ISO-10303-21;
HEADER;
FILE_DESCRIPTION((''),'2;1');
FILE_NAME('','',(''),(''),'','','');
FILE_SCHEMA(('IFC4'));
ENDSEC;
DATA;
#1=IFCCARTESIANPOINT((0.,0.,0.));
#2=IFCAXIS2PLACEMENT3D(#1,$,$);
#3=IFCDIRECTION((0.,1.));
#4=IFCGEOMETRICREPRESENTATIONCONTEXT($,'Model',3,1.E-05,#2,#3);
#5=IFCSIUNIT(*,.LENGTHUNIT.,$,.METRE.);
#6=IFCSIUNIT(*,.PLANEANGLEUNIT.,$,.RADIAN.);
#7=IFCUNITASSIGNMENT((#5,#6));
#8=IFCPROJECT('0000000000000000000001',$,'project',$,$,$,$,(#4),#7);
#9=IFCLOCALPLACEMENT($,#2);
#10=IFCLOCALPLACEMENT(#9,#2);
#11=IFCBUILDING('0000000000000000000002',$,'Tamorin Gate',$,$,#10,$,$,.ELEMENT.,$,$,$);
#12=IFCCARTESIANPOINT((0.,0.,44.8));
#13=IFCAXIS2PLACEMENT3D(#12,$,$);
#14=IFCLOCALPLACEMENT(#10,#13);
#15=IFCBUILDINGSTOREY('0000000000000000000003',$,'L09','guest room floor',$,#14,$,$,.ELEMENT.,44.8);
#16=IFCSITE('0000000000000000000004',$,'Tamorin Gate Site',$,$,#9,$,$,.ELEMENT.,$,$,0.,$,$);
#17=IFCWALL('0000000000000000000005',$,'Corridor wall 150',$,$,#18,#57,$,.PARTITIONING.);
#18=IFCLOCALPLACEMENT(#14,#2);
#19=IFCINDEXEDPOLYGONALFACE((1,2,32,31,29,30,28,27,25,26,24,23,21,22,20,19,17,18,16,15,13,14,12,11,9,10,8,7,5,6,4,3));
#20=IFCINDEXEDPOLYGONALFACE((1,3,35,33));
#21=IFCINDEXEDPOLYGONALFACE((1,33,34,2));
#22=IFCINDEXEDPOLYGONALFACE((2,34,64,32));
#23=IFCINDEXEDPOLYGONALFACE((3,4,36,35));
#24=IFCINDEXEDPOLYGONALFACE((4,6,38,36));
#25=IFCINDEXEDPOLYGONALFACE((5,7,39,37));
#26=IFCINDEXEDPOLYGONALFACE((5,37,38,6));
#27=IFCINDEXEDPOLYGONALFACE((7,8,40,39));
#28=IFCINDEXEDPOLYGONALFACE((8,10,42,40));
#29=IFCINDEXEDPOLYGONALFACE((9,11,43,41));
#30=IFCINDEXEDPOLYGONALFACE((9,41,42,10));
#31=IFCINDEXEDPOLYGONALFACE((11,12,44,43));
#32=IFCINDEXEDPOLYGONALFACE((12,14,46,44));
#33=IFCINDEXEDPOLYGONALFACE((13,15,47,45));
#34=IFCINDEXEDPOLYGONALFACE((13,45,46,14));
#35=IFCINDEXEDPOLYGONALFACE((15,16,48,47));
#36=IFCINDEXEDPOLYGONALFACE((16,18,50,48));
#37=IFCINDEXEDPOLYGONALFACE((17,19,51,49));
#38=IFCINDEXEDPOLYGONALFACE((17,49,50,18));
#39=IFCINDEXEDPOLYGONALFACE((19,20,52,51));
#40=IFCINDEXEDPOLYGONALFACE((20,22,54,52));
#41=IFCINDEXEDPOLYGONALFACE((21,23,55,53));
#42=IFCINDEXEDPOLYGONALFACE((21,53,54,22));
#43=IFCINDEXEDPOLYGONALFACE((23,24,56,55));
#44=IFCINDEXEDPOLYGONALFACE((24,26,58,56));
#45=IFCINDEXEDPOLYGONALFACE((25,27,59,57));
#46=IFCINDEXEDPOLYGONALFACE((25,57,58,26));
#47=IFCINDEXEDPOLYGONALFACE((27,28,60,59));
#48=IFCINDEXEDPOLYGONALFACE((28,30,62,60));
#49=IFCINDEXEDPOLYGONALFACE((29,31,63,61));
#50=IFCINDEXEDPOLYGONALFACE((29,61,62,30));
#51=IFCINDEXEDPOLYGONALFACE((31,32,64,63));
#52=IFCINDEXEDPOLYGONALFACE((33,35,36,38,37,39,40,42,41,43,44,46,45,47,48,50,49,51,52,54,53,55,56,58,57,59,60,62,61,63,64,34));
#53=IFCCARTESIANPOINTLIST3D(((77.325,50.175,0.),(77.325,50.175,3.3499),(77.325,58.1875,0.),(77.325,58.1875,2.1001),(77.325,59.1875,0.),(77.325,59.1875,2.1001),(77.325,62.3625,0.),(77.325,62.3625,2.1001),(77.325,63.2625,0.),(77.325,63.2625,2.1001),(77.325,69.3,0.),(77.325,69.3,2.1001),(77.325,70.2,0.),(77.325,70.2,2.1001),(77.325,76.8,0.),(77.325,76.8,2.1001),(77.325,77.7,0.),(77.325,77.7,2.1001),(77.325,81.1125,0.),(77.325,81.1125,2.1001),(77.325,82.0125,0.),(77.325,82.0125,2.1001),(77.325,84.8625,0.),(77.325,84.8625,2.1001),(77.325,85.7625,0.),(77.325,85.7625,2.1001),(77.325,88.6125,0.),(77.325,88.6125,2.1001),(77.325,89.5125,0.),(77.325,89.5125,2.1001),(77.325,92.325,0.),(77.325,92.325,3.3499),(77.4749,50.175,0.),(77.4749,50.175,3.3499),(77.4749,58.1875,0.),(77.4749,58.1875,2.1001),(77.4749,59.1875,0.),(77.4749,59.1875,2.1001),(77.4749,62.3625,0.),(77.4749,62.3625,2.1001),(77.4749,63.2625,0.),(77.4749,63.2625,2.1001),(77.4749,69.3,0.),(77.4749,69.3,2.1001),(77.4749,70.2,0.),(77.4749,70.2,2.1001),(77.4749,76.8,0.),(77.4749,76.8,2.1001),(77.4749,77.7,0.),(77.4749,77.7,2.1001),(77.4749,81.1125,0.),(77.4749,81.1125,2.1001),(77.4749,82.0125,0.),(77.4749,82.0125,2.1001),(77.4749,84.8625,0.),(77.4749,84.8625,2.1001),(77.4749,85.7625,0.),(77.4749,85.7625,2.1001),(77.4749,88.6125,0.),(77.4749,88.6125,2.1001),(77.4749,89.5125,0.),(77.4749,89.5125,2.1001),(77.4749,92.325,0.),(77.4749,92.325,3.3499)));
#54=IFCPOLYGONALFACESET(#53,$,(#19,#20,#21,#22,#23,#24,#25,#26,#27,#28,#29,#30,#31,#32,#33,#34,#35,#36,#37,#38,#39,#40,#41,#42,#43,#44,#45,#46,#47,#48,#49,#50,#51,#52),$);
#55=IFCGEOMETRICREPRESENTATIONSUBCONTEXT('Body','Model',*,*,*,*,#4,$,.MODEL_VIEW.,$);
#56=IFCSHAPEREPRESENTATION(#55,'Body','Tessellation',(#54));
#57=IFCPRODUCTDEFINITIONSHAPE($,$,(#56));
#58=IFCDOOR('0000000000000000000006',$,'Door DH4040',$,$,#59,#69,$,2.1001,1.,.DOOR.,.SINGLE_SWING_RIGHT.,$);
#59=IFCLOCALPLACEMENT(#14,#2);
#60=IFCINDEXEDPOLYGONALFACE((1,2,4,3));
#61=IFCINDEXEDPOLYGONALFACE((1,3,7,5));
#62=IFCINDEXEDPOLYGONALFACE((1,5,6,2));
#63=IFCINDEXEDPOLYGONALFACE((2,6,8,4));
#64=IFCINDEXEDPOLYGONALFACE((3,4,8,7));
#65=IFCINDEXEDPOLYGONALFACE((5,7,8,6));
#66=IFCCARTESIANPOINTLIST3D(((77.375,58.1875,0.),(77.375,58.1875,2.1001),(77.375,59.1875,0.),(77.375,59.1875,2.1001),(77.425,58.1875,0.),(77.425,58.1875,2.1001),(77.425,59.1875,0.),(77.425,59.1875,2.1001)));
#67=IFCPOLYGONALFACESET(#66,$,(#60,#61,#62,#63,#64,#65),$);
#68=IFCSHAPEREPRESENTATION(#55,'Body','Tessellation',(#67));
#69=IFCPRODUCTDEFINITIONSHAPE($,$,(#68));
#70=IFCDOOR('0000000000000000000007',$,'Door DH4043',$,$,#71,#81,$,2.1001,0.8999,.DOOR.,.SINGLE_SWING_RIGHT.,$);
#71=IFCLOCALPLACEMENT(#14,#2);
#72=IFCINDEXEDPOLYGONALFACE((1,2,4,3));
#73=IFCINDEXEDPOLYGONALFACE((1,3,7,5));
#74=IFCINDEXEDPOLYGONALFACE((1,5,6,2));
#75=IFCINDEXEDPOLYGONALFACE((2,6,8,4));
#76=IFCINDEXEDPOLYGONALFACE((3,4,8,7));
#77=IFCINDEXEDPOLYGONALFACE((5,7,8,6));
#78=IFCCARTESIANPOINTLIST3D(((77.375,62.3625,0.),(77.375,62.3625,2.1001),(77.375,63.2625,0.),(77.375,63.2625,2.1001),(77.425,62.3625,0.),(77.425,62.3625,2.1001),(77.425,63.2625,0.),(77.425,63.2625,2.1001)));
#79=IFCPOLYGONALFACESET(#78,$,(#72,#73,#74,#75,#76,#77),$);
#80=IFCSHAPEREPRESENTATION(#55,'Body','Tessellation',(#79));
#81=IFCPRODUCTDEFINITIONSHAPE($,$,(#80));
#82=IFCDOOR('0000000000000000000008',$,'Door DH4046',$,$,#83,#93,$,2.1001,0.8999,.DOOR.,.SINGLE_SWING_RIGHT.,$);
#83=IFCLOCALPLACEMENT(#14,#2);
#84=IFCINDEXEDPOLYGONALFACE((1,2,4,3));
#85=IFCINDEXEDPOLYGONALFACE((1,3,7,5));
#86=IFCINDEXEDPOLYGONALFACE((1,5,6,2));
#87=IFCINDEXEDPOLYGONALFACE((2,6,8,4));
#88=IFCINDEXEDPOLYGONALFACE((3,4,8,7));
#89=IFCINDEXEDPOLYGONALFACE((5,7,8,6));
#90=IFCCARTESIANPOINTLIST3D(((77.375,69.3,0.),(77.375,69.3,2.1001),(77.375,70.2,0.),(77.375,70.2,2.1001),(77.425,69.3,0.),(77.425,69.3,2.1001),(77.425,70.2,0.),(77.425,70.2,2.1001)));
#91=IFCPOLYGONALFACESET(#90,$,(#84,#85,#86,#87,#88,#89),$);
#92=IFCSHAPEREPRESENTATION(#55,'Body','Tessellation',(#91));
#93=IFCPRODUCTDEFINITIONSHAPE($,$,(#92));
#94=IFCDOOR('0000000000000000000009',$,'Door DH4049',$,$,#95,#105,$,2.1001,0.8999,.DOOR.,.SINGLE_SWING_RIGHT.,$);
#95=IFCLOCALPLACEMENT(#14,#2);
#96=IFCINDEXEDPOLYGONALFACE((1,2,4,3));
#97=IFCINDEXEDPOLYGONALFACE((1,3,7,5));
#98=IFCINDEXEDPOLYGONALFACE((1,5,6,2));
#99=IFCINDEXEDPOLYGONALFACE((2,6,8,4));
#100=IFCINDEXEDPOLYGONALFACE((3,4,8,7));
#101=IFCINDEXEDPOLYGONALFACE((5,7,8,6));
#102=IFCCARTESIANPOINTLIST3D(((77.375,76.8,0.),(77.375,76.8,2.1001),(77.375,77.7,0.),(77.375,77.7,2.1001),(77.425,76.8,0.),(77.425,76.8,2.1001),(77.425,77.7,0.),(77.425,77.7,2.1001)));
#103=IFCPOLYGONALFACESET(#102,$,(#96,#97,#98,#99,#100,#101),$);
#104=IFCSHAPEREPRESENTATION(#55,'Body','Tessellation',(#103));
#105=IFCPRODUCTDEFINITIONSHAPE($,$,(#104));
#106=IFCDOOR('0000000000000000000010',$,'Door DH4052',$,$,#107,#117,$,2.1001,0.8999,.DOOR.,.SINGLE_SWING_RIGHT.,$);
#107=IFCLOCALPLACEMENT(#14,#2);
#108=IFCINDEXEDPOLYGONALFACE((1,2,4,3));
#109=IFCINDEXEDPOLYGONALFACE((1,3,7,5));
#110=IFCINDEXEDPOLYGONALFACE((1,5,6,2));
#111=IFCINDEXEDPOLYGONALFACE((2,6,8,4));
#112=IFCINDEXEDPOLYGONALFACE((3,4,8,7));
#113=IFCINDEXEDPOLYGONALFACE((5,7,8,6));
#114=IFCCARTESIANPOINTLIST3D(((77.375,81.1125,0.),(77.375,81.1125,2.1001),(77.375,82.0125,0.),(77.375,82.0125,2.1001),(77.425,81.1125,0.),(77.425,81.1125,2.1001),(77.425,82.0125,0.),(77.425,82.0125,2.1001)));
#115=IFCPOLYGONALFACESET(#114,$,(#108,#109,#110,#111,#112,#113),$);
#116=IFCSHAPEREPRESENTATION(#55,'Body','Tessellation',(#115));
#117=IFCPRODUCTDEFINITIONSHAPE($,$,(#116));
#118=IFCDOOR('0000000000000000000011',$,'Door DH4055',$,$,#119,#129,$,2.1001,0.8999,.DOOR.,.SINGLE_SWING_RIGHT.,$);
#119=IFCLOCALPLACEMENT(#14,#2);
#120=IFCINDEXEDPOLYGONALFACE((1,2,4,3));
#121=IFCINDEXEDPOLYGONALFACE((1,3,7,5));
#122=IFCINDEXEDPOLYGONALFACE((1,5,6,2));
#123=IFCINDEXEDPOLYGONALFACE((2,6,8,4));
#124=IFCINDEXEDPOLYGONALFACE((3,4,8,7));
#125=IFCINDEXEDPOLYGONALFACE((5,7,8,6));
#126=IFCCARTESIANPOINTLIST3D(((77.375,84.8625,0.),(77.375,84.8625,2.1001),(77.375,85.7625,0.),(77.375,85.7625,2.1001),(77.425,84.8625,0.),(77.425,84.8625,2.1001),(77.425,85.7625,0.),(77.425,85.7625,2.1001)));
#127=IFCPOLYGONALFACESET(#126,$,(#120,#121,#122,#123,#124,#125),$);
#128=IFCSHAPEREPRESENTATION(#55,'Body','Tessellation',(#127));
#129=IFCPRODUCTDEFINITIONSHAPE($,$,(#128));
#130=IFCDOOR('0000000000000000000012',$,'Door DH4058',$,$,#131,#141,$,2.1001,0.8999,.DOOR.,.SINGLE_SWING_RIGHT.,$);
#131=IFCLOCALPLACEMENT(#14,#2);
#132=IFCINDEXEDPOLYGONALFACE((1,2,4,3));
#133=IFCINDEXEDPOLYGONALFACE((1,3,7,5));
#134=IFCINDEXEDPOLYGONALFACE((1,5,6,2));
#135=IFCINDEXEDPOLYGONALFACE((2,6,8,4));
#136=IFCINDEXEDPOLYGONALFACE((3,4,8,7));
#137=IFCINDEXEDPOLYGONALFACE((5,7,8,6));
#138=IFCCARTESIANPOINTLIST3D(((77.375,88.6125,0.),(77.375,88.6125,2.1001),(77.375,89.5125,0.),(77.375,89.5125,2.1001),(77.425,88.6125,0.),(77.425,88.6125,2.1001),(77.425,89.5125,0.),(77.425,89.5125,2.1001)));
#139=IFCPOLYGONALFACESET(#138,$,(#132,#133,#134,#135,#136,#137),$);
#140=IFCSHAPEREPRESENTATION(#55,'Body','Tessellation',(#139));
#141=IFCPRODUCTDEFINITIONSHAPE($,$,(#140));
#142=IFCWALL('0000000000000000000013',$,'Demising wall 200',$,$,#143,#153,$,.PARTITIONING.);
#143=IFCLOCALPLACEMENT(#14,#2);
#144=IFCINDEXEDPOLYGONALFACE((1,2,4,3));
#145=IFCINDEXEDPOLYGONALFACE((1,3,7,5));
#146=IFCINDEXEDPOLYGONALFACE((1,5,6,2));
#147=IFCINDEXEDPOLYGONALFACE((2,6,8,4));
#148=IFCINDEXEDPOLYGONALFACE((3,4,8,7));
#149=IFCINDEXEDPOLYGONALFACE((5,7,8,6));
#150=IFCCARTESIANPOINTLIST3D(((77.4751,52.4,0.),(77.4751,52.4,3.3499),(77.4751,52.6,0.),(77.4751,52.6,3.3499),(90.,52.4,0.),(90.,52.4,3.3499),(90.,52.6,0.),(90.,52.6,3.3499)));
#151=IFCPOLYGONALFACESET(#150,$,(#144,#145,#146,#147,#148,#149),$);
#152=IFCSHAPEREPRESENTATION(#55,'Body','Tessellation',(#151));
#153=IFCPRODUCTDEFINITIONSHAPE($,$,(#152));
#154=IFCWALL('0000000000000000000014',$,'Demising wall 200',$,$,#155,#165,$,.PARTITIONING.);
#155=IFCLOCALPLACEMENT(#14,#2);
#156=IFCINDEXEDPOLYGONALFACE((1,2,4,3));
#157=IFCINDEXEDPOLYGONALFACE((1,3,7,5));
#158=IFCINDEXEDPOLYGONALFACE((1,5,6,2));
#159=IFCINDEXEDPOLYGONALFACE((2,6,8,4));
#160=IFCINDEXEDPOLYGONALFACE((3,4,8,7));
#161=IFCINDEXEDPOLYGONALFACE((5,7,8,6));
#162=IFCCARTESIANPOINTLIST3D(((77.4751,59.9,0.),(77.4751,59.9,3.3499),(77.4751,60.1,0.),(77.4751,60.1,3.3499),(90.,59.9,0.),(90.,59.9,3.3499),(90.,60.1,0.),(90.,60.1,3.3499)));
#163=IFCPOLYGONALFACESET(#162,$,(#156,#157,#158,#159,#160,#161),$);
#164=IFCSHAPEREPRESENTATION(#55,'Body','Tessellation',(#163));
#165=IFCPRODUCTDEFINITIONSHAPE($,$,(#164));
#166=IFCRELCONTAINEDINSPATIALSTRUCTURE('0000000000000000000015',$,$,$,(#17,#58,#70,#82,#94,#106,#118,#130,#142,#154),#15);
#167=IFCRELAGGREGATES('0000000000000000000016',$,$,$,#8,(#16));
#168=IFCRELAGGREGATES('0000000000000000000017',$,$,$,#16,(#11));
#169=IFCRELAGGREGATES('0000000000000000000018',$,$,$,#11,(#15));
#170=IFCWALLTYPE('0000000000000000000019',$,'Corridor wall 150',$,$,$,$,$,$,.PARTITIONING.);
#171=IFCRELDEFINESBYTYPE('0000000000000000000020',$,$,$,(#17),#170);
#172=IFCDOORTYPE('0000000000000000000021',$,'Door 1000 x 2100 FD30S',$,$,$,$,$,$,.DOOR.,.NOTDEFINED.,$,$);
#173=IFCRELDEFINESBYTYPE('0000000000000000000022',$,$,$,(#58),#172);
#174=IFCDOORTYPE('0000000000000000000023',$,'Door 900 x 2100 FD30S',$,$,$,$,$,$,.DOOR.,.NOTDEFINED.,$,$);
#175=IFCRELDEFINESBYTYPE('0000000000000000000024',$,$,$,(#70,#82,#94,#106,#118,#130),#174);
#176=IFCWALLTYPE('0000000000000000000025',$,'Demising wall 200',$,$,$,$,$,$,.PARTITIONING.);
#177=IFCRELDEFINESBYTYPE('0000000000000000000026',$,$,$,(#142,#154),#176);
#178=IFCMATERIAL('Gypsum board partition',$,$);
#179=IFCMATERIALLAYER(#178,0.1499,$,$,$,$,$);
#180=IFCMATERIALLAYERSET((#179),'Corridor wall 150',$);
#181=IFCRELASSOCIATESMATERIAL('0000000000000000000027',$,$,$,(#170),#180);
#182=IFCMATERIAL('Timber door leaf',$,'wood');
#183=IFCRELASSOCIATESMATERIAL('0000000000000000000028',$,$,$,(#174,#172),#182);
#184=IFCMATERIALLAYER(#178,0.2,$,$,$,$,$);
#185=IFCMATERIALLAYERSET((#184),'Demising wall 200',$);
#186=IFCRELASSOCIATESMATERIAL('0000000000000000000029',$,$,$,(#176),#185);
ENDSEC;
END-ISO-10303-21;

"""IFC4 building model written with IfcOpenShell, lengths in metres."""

from ifc_helpers import new_model, si_unit, direction, frame, frame_2d, origin, place, context, subcontext, project, spatial, rectangle, extrude, material, layer, layer_set, type_object, element, fill, save


model = new_model("IFC4")

# Units and contexts
model_context = context("Model", 3, precision=1e-05, world=origin(), true_north=direction((0.0, 1.0)))
body_context = subcontext(model_context, "Body", "Model", "MODEL_VIEW")
ifc_project = project(units=[si_unit("LENGTHUNIT", "METRE"), si_unit("PLANEANGLEUNIT", "RADIAN")], contexts=[model_context])

# Site, building, storey
site_placement = place(None, origin())
site = spatial("IfcSite", under=ifc_project, at=site_placement, Name="Tamorin Gate Site", CompositionType="ELEMENT", RefElevation=0.0)
building_placement = place(site_placement, origin())
building = spatial("IfcBuilding", under=site, at=building_placement, Name="Tamorin Gate", CompositionType="ELEMENT")
storey_placement = place(building_placement, frame((0.0, 0.0, 44.8)))
storey = spatial("IfcBuildingStorey", under=building, at=storey_placement, Name="L09", Description="guest room floor", CompositionType="ELEMENT", Elevation=44.8)

# Shared definitions
ifc_material_1 = material(Name="Gypsum board partition")
ifc_layer_1 = layer(ifc_material_1, 0.1499)
ifc_layer_set_1 = layer_set([ifc_layer_1], Name="Corridor wall 150")
wall_type_1 = type_object("IfcWallType", Name="Corridor wall 150", PredefinedType="PARTITIONING", material=ifc_layer_set_1)
ifc_material_2 = material(Name="Timber door leaf", Category="wood")
door_type_1 = type_object("IfcDoorType", Name="Door 900 x 2100 FD30S", OperationType="NOTDEFINED", PredefinedType="DOOR", material=ifc_material_2)

# Wall, openings, doors
wall_1_placement = place(storey_placement, frame((77.3999, 50.175, 0.0), z_axis=(0.0, 0.0, 1.0), x_axis=(0.0, 1.0, 0.0)))
wall_1 = element("IfcWall", 1, at=wall_1_placement, inside=storey, type_object=wall_type_1, Name="Corridor wall 150", PredefinedType="PARTITIONING", context=body_context, shape_type="SweptSolid", body=[
    extrude(rectangle(XDim=42.1499, YDim=0.1499, at=frame_2d((21.075, 0.0))), origin(), (0.0, 0.0, 1.0), 3.3499),
])
opening_1_placement = place(wall_1_placement, frame((8.0125, 0.0, 0.0)))
opening_1 = element("IfcOpeningElement", 2, at=opening_1_placement, cuts=wall_1, PredefinedType="OPENING", context=body_context, shape_type="SweptSolid", body=[
    extrude(rectangle(XDim=1.0, YDim=2.1001, at=frame_2d((0.5, 1.05))), frame((0.0, 0.085, 0.0), z_axis=(0.0, -1.0, 0.0), x_axis=(1.0, 0.0, 0.0)), (0.0, 0.0, 1.0), 0.1699),
])
opening_2_placement = place(wall_1_placement, frame((12.1875, 0.0, 0.0)))
opening_2 = element("IfcOpeningElement", 3, at=opening_2_placement, cuts=wall_1, PredefinedType="OPENING", context=body_context, shape_type="SweptSolid", body=[
    extrude(rectangle(XDim=0.8999, YDim=2.1001, at=frame_2d((0.45, 1.05))), frame((0.0, 0.085, 0.0), z_axis=(0.0, -1.0, 0.0), x_axis=(1.0, 0.0, 0.0)), (0.0, 0.0, 1.0), 0.1699),
])
opening_3_placement = place(wall_1_placement, frame((19.125, 0.0, 0.0)))
opening_3 = element("IfcOpeningElement", 4, at=opening_3_placement, cuts=wall_1, PredefinedType="OPENING", context=body_context, shape_type="SweptSolid", body=[
    extrude(rectangle(XDim=0.8999, YDim=2.1001, at=frame_2d((0.45, 1.05))), frame((0.0, 0.085, 0.0), z_axis=(0.0, -1.0, 0.0), x_axis=(1.0, 0.0, 0.0)), (0.0, 0.0, 1.0), 0.1699),
])
opening_4_placement = place(wall_1_placement, frame((26.625, 0.0, 0.0)))
opening_4 = element("IfcOpeningElement", 5, at=opening_4_placement, cuts=wall_1, PredefinedType="OPENING", context=body_context, shape_type="SweptSolid", body=[
    extrude(rectangle(XDim=0.8999, YDim=2.1001, at=frame_2d((0.45, 1.05))), frame((0.0, 0.085, 0.0), z_axis=(0.0, -1.0, 0.0), x_axis=(1.0, 0.0, 0.0)), (0.0, 0.0, 1.0), 0.1699),
])
opening_5_placement = place(wall_1_placement, frame((30.9375, 0.0, 0.0)))
opening_5 = element("IfcOpeningElement", 6, at=opening_5_placement, cuts=wall_1, PredefinedType="OPENING", context=body_context, shape_type="SweptSolid", body=[
    extrude(rectangle(XDim=0.8999, YDim=2.1001, at=frame_2d((0.45, 1.05))), frame((0.0, 0.085, 0.0), z_axis=(0.0, -1.0, 0.0), x_axis=(1.0, 0.0, 0.0)), (0.0, 0.0, 1.0), 0.1699),
])
opening_6_placement = place(wall_1_placement, frame((34.6875, 0.0, 0.0)))
opening_6 = element("IfcOpeningElement", 7, at=opening_6_placement, cuts=wall_1, PredefinedType="OPENING", context=body_context, shape_type="SweptSolid", body=[
    extrude(rectangle(XDim=0.8999, YDim=2.1001, at=frame_2d((0.45, 1.05))), frame((0.0, 0.085, 0.0), z_axis=(0.0, -1.0, 0.0), x_axis=(1.0, 0.0, 0.0)), (0.0, 0.0, 1.0), 0.1699),
])
opening_7_placement = place(wall_1_placement, frame((38.4375, 0.0, 0.0)))
opening_7 = element("IfcOpeningElement", 8, at=opening_7_placement, cuts=wall_1, PredefinedType="OPENING", context=body_context, shape_type="SweptSolid", body=[
    extrude(rectangle(XDim=0.8999, YDim=2.1001, at=frame_2d((0.45, 1.05))), frame((0.0, 0.085, 0.0), z_axis=(0.0, -1.0, 0.0), x_axis=(1.0, 0.0, 0.0)), (0.0, 0.0, 1.0), 0.1699),
])
door_type_2 = type_object("IfcDoorType", Name="Door 1000 x 2100 FD30S", OperationType="NOTDEFINED", PredefinedType="DOOR", material=ifc_material_2)
door_1_placement = place(opening_1_placement, origin())
door_1 = element("IfcDoor", 9, at=door_1_placement, inside=storey, type_object=door_type_2, Name="Door DH4040", OperationType="SINGLE_SWING_RIGHT", OverallHeight=2.1001, OverallWidth=1.0, PredefinedType="DOOR", context=body_context, shape_type="SweptSolid", body=[
    extrude(rectangle(XDim=1.0, YDim=2.1001, at=frame_2d((0.5, 1.05))), frame((0.0, 0.0249, 0.0), z_axis=(0.0, -1.0, 0.0), x_axis=(1.0, 0.0, 0.0)), (0.0, 0.0, 1.0), 0.05),
])
fill(opening_1, door_1)
door_2_placement = place(opening_2_placement, origin())
door_2 = element("IfcDoor", 10, at=door_2_placement, inside=storey, type_object=door_type_1, Name="Door DH4043", OperationType="SINGLE_SWING_RIGHT", OverallHeight=2.1001, OverallWidth=0.8999, PredefinedType="DOOR", context=body_context, shape_type="SweptSolid", body=[
    extrude(rectangle(XDim=0.8999, YDim=2.1001, at=frame_2d((0.45, 1.05))), frame((0.0, 0.0249, 0.0), z_axis=(0.0, -1.0, 0.0), x_axis=(1.0, 0.0, 0.0)), (0.0, 0.0, 1.0), 0.05),
])
fill(opening_2, door_2)
door_3_placement = place(opening_3_placement, origin())
door_3 = element("IfcDoor", 11, at=door_3_placement, inside=storey, type_object=door_type_1, Name="Door DH4046", OperationType="SINGLE_SWING_RIGHT", OverallHeight=2.1001, OverallWidth=0.8999, PredefinedType="DOOR", context=body_context, shape_type="SweptSolid", body=[
    extrude(rectangle(XDim=0.8999, YDim=2.1001, at=frame_2d((0.45, 1.05))), frame((0.0, 0.0249, 0.0), z_axis=(0.0, -1.0, 0.0), x_axis=(1.0, 0.0, 0.0)), (0.0, 0.0, 1.0), 0.05),
])
fill(opening_3, door_3)
door_4_placement = place(opening_4_placement, origin())
door_4 = element("IfcDoor", 12, at=door_4_placement, inside=storey, type_object=door_type_1, Name="Door DH4049", OperationType="SINGLE_SWING_RIGHT", OverallHeight=2.1001, OverallWidth=0.8999, PredefinedType="DOOR", context=body_context, shape_type="SweptSolid", body=[
    extrude(rectangle(XDim=0.8999, YDim=2.1001, at=frame_2d((0.45, 1.05))), frame((0.0, 0.0249, 0.0), z_axis=(0.0, -1.0, 0.0), x_axis=(1.0, 0.0, 0.0)), (0.0, 0.0, 1.0), 0.05),
])
fill(opening_4, door_4)
door_5_placement = place(opening_5_placement, origin())
door_5 = element("IfcDoor", 13, at=door_5_placement, inside=storey, type_object=door_type_1, Name="Door DH4052", OperationType="SINGLE_SWING_RIGHT", OverallHeight=2.1001, OverallWidth=0.8999, PredefinedType="DOOR", context=body_context, shape_type="SweptSolid", body=[
    extrude(rectangle(XDim=0.8999, YDim=2.1001, at=frame_2d((0.45, 1.05))), frame((0.0, 0.0249, 0.0), z_axis=(0.0, -1.0, 0.0), x_axis=(1.0, 0.0, 0.0)), (0.0, 0.0, 1.0), 0.05),
])
fill(opening_5, door_5)
door_6_placement = place(opening_6_placement, origin())
door_6 = element("IfcDoor", 14, at=door_6_placement, inside=storey, type_object=door_type_1, Name="Door DH4055", OperationType="SINGLE_SWING_RIGHT", OverallHeight=2.1001, OverallWidth=0.8999, PredefinedType="DOOR", context=body_context, shape_type="SweptSolid", body=[
    extrude(rectangle(XDim=0.8999, YDim=2.1001, at=frame_2d((0.45, 1.05))), frame((0.0, 0.0249, 0.0), z_axis=(0.0, -1.0, 0.0), x_axis=(1.0, 0.0, 0.0)), (0.0, 0.0, 1.0), 0.05),
])
fill(opening_6, door_6)
door_7_placement = place(opening_7_placement, origin())
door_7 = element("IfcDoor", 15, at=door_7_placement, inside=storey, type_object=door_type_1, Name="Door DH4058", OperationType="SINGLE_SWING_RIGHT", OverallHeight=2.1001, OverallWidth=0.8999, PredefinedType="DOOR", context=body_context, shape_type="SweptSolid", body=[
    extrude(rectangle(XDim=0.8999, YDim=2.1001, at=frame_2d((0.45, 1.05))), frame((0.0, 0.0249, 0.0), z_axis=(0.0, -1.0, 0.0), x_axis=(1.0, 0.0, 0.0)), (0.0, 0.0, 1.0), 0.05),
])
fill(opening_7, door_7)

# Walls
ifc_layer_2 = layer(ifc_material_1, 0.2)
ifc_layer_set_2 = layer_set([ifc_layer_2], Name="Demising wall 200")
wall_type_2 = type_object("IfcWallType", Name="Demising wall 200", PredefinedType="PARTITIONING", material=ifc_layer_set_2)
for number, where, z_axis, x_axis, name in (
    (16, (77.4751, 52.5, 0.0), (0.0, 0.0, 1.0), (1.0, 0.0, 0.0), "Demising wall 200"),
    (17, (77.4751, 60.0, 0.0), (0.0, 0.0, 1.0), (1.0, 0.0, 0.0), "Demising wall 200"),
):
    element("IfcWall", number, at=place(storey_placement, frame(where, z_axis=z_axis, x_axis=x_axis)), inside=storey, type_object=wall_type_2, Name=name, PredefinedType="PARTITIONING", context=body_context, shape_type="SweptSolid", body=[
        extrude(rectangle(XDim=12.5249, YDim=0.2, at=frame_2d((6.2625, 0.0))), origin(), (0.0, 0.0, 1.0), 3.3499),
    ])

save(model, "model.ifc")
